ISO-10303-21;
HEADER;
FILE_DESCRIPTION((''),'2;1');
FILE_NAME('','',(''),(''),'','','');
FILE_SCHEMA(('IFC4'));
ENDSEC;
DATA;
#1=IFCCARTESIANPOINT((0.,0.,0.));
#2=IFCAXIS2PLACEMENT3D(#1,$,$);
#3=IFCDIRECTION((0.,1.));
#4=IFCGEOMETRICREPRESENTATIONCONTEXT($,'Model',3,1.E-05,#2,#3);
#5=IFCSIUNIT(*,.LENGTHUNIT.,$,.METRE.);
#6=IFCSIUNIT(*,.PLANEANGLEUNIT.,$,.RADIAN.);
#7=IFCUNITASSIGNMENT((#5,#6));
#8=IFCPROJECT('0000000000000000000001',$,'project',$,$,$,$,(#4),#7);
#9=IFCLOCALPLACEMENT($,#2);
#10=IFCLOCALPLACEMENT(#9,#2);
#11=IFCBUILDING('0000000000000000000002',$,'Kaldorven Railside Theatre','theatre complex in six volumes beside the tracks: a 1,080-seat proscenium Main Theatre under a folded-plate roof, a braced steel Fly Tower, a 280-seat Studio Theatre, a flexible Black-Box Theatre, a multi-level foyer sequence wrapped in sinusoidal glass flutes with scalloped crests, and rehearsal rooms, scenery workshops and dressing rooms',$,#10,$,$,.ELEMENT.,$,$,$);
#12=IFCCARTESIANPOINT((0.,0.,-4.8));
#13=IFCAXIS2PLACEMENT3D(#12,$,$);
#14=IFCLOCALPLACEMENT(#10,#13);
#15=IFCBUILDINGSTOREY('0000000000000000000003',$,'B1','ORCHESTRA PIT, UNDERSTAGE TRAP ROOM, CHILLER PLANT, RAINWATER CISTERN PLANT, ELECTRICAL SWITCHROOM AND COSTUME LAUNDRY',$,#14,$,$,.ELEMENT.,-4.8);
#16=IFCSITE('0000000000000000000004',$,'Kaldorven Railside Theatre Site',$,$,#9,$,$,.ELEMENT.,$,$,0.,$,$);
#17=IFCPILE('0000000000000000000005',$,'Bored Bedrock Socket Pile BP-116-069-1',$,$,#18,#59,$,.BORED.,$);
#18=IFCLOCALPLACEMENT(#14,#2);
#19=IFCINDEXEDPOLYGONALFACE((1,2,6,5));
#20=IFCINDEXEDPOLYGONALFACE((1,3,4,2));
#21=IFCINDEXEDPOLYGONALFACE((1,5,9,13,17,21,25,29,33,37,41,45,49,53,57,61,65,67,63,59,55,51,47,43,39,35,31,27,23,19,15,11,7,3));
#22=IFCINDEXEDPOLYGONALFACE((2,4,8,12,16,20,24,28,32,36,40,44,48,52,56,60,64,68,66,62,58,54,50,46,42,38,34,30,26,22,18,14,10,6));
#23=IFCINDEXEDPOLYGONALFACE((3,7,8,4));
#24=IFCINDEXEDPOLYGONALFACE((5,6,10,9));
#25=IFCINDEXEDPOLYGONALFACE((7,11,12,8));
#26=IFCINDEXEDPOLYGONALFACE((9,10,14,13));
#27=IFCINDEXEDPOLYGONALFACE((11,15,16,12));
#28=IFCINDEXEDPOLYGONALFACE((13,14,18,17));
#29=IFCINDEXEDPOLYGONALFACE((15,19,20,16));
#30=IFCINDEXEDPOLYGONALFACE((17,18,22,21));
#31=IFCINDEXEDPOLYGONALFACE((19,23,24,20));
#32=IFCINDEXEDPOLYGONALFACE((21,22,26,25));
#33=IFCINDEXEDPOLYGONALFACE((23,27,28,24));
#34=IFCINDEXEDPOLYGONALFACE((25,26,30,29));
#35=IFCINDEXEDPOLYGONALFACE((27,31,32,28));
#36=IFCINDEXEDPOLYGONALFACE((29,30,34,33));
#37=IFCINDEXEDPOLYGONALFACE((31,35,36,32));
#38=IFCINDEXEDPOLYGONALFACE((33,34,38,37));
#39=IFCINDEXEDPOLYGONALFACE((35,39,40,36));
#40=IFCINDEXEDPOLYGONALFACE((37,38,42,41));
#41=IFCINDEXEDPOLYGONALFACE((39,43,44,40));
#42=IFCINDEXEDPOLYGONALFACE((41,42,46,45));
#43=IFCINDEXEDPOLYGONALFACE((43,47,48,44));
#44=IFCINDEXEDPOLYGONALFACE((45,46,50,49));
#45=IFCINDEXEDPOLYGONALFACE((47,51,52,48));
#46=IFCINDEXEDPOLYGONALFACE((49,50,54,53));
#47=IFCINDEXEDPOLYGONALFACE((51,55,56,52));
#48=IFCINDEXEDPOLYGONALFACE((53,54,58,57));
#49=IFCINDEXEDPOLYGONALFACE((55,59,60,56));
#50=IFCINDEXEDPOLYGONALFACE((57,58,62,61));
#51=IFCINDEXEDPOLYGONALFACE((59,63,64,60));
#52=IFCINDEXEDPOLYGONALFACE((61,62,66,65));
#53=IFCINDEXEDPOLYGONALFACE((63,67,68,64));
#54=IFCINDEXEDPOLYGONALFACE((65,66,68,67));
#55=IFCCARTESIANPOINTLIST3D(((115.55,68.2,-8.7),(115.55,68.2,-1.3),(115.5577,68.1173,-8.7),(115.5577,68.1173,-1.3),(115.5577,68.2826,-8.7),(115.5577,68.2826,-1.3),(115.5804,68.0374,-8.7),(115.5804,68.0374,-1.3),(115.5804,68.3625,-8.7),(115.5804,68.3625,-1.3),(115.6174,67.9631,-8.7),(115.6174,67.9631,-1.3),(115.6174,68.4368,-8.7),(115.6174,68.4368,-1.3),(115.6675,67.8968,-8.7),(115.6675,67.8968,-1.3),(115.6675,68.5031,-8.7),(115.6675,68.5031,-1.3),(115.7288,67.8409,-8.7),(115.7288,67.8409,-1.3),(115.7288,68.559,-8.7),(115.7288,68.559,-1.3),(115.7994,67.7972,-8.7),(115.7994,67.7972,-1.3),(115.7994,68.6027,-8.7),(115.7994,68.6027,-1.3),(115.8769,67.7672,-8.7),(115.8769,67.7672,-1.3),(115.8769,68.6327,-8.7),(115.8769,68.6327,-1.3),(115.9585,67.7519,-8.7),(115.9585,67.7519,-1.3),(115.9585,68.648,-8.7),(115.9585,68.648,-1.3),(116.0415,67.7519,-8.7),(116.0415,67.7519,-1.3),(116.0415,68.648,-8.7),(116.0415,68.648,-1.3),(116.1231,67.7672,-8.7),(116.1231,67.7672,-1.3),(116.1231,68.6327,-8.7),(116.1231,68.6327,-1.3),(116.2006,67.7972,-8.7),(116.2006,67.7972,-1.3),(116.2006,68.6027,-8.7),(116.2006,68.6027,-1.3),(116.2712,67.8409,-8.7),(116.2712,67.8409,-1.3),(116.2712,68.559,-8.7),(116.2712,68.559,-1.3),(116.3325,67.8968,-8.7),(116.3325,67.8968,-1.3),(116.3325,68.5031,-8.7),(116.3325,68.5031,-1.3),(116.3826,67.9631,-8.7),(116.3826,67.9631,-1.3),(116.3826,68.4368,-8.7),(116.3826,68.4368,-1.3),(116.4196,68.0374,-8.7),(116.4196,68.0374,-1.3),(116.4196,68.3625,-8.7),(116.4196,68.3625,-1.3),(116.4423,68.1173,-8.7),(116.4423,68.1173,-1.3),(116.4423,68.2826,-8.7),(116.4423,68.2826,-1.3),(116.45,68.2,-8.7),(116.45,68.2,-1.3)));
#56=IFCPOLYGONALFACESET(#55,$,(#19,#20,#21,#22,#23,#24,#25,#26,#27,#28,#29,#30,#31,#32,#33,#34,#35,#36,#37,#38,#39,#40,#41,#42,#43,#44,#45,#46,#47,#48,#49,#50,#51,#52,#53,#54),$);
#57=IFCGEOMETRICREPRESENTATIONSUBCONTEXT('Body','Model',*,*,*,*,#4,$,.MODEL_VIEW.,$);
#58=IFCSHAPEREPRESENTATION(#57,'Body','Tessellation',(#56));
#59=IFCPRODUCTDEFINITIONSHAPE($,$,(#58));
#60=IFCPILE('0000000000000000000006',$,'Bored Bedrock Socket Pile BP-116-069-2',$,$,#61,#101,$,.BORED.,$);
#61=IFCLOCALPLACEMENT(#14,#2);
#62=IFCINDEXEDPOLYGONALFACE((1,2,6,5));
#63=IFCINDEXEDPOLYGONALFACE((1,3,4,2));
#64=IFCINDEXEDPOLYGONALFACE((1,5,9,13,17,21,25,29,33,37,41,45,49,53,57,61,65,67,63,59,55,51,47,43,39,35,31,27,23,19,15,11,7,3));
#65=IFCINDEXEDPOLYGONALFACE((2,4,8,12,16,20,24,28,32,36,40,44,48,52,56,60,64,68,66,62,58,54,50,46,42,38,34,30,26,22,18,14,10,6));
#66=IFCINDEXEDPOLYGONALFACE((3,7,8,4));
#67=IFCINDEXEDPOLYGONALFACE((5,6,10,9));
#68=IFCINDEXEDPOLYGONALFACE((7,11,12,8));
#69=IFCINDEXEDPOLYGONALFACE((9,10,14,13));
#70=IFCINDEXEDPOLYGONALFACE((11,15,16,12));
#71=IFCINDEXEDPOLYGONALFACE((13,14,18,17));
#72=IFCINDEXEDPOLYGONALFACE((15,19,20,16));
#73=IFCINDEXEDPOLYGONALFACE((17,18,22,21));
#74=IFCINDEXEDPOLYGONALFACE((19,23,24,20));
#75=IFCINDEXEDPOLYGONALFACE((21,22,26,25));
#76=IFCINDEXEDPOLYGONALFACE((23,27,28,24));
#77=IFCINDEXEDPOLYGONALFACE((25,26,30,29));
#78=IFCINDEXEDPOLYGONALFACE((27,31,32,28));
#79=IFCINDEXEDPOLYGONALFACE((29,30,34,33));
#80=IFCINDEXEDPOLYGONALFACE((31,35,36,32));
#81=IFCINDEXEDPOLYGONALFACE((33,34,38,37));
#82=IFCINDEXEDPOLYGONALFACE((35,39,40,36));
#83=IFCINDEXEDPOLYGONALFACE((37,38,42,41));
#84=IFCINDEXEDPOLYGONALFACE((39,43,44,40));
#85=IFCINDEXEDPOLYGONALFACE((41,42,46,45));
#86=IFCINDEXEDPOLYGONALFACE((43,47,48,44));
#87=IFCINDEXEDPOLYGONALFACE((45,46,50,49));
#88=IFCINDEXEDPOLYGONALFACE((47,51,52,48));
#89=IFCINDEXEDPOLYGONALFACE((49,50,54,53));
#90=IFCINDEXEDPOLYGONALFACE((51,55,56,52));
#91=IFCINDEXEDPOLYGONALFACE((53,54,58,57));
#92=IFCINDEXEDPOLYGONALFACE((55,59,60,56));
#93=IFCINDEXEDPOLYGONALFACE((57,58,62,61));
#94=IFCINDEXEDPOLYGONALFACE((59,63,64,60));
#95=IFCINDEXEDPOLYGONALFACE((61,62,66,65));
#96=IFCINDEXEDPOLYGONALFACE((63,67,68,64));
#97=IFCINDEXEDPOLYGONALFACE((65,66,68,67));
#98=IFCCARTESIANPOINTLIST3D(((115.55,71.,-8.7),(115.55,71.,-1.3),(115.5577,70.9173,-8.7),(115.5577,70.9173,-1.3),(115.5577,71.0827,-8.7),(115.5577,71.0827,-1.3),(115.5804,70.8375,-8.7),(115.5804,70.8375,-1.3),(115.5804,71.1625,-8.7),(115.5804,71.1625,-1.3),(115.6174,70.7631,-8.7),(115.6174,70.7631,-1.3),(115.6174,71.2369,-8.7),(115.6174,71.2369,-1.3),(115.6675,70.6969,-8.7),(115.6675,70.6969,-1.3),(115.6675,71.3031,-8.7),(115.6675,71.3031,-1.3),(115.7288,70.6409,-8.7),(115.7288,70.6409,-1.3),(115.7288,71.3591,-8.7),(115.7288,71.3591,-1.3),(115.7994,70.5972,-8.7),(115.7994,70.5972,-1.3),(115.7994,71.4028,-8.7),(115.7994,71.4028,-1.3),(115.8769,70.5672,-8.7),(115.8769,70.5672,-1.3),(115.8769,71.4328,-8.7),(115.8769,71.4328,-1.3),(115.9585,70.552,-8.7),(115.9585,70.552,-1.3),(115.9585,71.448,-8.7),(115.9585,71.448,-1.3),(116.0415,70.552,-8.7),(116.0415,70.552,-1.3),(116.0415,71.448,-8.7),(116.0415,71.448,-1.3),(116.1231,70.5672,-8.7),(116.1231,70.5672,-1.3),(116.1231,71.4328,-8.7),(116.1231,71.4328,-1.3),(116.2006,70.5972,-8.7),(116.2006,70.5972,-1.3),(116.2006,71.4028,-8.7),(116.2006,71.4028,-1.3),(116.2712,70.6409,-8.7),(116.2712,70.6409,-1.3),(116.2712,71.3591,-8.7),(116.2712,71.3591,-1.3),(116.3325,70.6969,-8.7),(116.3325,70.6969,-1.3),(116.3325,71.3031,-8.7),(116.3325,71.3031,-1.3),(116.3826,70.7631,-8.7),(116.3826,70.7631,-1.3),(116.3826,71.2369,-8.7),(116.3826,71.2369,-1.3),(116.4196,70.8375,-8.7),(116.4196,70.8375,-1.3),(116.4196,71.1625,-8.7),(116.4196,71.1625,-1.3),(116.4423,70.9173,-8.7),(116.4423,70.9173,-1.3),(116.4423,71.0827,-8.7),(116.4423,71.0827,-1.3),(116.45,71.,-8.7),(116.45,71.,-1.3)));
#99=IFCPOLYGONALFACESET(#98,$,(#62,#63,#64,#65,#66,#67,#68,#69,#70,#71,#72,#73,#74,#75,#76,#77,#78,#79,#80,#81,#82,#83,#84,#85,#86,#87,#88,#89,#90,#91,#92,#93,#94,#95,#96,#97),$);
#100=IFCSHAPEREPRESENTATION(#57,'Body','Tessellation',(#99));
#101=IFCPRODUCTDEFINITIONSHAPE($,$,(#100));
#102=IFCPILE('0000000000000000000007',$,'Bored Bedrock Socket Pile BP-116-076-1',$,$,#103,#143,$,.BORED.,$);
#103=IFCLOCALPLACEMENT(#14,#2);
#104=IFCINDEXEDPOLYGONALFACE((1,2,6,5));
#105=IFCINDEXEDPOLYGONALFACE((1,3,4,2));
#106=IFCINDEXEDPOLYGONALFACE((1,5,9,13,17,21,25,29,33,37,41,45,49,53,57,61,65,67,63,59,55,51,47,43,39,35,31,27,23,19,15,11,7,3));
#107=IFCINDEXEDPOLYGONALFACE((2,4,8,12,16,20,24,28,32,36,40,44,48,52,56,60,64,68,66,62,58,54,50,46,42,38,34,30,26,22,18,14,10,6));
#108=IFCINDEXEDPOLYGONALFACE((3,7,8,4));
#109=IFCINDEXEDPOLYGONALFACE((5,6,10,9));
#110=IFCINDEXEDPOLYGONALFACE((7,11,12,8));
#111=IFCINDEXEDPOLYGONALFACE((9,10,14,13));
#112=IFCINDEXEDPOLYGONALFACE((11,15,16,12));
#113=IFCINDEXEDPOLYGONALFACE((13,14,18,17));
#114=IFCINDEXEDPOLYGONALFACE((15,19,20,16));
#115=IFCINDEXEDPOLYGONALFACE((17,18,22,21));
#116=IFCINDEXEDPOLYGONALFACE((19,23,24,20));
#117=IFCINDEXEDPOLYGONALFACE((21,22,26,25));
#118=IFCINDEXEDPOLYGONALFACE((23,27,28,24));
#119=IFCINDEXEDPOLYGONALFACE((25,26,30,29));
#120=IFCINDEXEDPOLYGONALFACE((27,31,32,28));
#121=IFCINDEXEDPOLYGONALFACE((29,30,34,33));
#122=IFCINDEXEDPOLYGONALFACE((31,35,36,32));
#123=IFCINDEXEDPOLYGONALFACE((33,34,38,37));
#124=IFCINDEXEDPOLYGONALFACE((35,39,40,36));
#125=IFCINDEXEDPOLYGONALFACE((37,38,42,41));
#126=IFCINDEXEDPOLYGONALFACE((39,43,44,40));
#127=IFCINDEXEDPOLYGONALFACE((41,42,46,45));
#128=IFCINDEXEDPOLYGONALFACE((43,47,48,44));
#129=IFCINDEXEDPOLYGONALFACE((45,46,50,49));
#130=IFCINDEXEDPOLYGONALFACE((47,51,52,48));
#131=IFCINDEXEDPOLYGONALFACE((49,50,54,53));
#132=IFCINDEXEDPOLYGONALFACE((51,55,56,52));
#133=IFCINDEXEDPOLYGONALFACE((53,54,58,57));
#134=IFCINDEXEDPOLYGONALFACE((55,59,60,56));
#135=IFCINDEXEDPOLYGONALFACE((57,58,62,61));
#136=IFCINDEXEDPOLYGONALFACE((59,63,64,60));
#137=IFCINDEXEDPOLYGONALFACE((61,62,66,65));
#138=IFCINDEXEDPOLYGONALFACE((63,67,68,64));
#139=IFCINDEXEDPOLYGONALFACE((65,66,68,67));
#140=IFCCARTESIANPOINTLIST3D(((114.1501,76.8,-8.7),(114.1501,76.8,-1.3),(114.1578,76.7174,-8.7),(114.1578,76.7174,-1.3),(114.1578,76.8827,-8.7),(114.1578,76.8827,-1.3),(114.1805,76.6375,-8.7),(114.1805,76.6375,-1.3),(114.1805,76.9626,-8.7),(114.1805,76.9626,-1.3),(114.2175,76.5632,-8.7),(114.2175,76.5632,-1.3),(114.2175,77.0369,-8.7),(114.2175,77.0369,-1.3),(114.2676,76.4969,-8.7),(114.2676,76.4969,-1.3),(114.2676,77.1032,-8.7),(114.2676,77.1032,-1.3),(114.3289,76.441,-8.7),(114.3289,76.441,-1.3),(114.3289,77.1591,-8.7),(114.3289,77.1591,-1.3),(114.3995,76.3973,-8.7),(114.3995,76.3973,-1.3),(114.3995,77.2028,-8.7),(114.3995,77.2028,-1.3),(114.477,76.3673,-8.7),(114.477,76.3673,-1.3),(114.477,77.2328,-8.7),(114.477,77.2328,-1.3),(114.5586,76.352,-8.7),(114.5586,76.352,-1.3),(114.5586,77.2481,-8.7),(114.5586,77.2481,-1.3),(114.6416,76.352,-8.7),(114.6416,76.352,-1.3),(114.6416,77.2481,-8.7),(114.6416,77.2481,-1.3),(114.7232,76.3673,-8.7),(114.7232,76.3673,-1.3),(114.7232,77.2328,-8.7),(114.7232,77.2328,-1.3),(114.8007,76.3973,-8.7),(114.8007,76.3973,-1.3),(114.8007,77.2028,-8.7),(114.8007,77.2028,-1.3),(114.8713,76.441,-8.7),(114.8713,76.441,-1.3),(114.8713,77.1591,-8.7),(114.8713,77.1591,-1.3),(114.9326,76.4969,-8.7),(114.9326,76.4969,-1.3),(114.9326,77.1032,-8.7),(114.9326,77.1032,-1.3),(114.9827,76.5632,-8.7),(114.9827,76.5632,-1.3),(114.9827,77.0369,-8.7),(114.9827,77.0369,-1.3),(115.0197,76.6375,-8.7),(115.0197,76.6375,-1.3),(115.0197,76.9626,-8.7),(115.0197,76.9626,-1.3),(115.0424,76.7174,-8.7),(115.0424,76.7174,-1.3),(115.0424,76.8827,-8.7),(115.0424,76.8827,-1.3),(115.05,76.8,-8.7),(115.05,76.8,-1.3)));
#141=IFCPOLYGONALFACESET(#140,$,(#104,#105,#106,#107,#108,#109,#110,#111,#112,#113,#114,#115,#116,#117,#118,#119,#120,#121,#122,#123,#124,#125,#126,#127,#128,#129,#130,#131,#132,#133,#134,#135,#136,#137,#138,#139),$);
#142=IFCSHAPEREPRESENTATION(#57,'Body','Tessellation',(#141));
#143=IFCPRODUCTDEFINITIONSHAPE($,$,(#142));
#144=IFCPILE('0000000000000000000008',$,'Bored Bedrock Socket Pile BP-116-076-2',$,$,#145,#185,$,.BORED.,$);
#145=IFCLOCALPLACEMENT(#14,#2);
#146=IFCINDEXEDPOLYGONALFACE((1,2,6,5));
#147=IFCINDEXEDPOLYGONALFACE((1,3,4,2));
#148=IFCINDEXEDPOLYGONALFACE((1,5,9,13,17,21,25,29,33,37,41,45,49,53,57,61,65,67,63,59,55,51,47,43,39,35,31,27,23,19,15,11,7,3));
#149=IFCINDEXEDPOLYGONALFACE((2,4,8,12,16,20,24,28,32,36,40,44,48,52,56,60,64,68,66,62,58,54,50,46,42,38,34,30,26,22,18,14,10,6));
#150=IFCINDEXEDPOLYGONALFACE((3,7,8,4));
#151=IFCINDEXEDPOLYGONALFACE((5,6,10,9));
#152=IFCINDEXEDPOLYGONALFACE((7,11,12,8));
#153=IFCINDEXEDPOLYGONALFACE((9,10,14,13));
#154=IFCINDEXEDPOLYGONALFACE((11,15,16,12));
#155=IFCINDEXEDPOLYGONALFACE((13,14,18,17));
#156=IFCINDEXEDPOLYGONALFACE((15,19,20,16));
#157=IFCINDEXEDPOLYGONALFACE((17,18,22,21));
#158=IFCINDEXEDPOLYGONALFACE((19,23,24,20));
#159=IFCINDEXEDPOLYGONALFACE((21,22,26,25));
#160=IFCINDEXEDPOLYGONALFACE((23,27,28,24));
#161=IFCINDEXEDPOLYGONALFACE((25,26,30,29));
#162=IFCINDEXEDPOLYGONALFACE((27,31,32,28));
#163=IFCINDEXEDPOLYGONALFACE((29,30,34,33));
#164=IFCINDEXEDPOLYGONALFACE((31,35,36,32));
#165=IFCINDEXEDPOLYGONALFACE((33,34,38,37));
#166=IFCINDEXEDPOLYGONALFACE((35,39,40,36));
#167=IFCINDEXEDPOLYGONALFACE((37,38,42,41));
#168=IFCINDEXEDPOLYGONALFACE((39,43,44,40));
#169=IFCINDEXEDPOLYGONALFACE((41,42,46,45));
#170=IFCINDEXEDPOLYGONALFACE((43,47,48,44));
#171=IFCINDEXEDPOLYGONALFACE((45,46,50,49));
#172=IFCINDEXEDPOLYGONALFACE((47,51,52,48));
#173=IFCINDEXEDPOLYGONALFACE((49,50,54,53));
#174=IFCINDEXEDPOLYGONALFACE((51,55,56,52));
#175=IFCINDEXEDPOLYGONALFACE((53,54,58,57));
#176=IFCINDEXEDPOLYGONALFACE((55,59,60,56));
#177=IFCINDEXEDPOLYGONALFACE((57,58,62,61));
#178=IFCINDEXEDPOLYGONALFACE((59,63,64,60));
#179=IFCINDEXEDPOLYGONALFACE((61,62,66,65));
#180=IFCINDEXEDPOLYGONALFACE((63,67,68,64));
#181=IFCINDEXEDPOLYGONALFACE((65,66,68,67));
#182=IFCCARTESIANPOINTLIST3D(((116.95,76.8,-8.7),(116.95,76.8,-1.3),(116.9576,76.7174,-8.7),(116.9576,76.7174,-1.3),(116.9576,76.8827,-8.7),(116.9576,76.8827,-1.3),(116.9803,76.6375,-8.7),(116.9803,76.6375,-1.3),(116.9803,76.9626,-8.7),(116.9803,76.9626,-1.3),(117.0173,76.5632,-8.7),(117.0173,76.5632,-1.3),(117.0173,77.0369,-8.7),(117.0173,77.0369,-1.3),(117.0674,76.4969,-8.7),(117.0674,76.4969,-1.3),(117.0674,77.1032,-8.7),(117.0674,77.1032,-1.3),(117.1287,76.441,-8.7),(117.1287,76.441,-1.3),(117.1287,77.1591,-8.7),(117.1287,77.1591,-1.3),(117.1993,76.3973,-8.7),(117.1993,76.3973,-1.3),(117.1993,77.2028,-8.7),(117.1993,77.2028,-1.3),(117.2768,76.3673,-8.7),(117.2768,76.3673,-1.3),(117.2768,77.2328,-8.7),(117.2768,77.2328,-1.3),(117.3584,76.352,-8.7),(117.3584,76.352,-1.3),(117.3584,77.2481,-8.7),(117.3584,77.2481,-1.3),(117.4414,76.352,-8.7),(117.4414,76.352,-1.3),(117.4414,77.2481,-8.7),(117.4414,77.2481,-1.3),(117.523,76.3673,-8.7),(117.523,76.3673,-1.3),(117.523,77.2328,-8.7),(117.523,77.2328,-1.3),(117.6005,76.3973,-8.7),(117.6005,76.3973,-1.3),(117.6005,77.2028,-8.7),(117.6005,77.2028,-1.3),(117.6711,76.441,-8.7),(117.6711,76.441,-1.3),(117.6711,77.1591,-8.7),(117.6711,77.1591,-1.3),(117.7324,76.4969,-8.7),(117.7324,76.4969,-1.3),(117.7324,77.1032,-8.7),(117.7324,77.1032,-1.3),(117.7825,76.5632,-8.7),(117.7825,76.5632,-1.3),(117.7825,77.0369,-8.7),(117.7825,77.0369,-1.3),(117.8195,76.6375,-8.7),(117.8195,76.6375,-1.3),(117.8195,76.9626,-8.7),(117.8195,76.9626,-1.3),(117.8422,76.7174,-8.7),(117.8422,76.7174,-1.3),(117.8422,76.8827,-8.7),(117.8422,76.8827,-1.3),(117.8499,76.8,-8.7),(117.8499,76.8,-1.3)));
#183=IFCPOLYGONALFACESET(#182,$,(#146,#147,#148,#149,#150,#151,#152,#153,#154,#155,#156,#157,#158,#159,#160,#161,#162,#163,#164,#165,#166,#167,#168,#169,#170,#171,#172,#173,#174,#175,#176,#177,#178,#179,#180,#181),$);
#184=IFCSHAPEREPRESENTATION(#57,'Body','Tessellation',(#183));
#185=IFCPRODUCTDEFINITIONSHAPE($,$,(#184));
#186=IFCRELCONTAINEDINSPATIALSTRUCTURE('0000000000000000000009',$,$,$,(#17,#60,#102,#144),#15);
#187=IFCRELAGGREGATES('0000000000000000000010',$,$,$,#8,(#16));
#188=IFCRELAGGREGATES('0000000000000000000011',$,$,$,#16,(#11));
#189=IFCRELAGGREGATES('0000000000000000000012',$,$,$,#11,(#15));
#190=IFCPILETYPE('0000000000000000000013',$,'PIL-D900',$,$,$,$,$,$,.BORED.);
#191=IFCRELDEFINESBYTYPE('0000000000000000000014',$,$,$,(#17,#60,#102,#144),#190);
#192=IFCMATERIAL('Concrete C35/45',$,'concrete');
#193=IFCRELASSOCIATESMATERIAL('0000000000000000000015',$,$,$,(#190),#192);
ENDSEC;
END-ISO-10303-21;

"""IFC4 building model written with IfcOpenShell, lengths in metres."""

from ifc_helpers import new_model, si_unit, direction, frame, origin, origin_2d, place, context, subcontext, project, spatial, circle, extrude, material, material_profile, profile_set, type_object, element, save


model = new_model("IFC4")

# Units and contexts
model_context = context("Model", 3, precision=1e-05, world=origin(), true_north=direction((0.0, 1.0)))
body_context = subcontext(model_context, "Body", "Model", "MODEL_VIEW")
ifc_project = project(units=[si_unit("LENGTHUNIT", "METRE"), si_unit("PLANEANGLEUNIT", "RADIAN")], contexts=[model_context])

# Site, building, storey
site_placement = place(None, origin())
site = spatial("IfcSite", under=ifc_project, at=site_placement, Name="Kaldorven Railside Theatre Site", CompositionType="ELEMENT", RefElevation=0.0)
building_placement = place(site_placement, origin())
building = spatial("IfcBuilding", under=site, at=building_placement, Name="Kaldorven Railside Theatre", Description="theatre complex in six volumes beside the tracks: a 1,080-seat proscenium Main Theatre under a folded-plate roof, a braced steel Fly Tower, a 280-seat Studio Theatre, a flexible Black-Box Theatre, a multi-level foyer sequence wrapped in sinusoidal glass flutes with scalloped crests, and rehearsal rooms, scenery workshops and dressing rooms", CompositionType="ELEMENT")
storey_placement = place(building_placement, frame((0.0, 0.0, -4.8)))
storey = spatial("IfcBuildingStorey", under=building, at=storey_placement, Name="B1", Description="ORCHESTRA PIT, UNDERSTAGE TRAP ROOM, CHILLER PLANT, RAINWATER CISTERN PLANT, ELECTRICAL SWITCHROOM AND COSTUME LAUNDRY", CompositionType="ELEMENT", Elevation=-4.8)

# Piles
ifc_material_1 = material(Name="Concrete C35/45", Category="concrete")
ifc_material_profile_1 = material_profile(ifc_material_1, circle(Radius=0.45, at=origin_2d()), Name="BP D900")
ifc_profile_set_1 = profile_set([ifc_material_profile_1], Name="Concrete C35/45")
pile_type_1 = type_object("IfcPileType", Name="PIL-D900", PredefinedType="BORED", material=ifc_profile_set_1)
for number, where, z_axis, x_axis, name in (
    (1, (116.0, 68.2, -1.3), (0.0, 0.0, -1.0), (1.0, 0.0, 0.0), "Bored Bedrock Socket Pile BP-116-069-1"),
    (2, (116.0, 71.0, -1.3), (0.0, 0.0, -1.0), (1.0, 0.0, 0.0), "Bored Bedrock Socket Pile BP-116-069-2"),
    (3, (114.6001, 76.8, -1.3), (0.0, 0.0, -1.0), (1.0, 0.0, 0.0), "Bored Bedrock Socket Pile BP-116-076-1"),
    (4, (117.3999, 76.8, -1.3), (0.0, 0.0, -1.0), (1.0, 0.0, 0.0), "Bored Bedrock Socket Pile BP-116-076-2"),
):
    element("IfcPile", number, at=place(storey_placement, frame(where, z_axis=z_axis, x_axis=x_axis)), inside=storey, type_object=pile_type_1, Name=name, PredefinedType="BORED", context=body_context, shape_type="SweptSolid", body=[
        extrude(circle(Radius=0.45, at=origin_2d()), origin(), (0.0, 0.0, 1.0), 7.3999),
    ])

save(model, "model.ifc")
